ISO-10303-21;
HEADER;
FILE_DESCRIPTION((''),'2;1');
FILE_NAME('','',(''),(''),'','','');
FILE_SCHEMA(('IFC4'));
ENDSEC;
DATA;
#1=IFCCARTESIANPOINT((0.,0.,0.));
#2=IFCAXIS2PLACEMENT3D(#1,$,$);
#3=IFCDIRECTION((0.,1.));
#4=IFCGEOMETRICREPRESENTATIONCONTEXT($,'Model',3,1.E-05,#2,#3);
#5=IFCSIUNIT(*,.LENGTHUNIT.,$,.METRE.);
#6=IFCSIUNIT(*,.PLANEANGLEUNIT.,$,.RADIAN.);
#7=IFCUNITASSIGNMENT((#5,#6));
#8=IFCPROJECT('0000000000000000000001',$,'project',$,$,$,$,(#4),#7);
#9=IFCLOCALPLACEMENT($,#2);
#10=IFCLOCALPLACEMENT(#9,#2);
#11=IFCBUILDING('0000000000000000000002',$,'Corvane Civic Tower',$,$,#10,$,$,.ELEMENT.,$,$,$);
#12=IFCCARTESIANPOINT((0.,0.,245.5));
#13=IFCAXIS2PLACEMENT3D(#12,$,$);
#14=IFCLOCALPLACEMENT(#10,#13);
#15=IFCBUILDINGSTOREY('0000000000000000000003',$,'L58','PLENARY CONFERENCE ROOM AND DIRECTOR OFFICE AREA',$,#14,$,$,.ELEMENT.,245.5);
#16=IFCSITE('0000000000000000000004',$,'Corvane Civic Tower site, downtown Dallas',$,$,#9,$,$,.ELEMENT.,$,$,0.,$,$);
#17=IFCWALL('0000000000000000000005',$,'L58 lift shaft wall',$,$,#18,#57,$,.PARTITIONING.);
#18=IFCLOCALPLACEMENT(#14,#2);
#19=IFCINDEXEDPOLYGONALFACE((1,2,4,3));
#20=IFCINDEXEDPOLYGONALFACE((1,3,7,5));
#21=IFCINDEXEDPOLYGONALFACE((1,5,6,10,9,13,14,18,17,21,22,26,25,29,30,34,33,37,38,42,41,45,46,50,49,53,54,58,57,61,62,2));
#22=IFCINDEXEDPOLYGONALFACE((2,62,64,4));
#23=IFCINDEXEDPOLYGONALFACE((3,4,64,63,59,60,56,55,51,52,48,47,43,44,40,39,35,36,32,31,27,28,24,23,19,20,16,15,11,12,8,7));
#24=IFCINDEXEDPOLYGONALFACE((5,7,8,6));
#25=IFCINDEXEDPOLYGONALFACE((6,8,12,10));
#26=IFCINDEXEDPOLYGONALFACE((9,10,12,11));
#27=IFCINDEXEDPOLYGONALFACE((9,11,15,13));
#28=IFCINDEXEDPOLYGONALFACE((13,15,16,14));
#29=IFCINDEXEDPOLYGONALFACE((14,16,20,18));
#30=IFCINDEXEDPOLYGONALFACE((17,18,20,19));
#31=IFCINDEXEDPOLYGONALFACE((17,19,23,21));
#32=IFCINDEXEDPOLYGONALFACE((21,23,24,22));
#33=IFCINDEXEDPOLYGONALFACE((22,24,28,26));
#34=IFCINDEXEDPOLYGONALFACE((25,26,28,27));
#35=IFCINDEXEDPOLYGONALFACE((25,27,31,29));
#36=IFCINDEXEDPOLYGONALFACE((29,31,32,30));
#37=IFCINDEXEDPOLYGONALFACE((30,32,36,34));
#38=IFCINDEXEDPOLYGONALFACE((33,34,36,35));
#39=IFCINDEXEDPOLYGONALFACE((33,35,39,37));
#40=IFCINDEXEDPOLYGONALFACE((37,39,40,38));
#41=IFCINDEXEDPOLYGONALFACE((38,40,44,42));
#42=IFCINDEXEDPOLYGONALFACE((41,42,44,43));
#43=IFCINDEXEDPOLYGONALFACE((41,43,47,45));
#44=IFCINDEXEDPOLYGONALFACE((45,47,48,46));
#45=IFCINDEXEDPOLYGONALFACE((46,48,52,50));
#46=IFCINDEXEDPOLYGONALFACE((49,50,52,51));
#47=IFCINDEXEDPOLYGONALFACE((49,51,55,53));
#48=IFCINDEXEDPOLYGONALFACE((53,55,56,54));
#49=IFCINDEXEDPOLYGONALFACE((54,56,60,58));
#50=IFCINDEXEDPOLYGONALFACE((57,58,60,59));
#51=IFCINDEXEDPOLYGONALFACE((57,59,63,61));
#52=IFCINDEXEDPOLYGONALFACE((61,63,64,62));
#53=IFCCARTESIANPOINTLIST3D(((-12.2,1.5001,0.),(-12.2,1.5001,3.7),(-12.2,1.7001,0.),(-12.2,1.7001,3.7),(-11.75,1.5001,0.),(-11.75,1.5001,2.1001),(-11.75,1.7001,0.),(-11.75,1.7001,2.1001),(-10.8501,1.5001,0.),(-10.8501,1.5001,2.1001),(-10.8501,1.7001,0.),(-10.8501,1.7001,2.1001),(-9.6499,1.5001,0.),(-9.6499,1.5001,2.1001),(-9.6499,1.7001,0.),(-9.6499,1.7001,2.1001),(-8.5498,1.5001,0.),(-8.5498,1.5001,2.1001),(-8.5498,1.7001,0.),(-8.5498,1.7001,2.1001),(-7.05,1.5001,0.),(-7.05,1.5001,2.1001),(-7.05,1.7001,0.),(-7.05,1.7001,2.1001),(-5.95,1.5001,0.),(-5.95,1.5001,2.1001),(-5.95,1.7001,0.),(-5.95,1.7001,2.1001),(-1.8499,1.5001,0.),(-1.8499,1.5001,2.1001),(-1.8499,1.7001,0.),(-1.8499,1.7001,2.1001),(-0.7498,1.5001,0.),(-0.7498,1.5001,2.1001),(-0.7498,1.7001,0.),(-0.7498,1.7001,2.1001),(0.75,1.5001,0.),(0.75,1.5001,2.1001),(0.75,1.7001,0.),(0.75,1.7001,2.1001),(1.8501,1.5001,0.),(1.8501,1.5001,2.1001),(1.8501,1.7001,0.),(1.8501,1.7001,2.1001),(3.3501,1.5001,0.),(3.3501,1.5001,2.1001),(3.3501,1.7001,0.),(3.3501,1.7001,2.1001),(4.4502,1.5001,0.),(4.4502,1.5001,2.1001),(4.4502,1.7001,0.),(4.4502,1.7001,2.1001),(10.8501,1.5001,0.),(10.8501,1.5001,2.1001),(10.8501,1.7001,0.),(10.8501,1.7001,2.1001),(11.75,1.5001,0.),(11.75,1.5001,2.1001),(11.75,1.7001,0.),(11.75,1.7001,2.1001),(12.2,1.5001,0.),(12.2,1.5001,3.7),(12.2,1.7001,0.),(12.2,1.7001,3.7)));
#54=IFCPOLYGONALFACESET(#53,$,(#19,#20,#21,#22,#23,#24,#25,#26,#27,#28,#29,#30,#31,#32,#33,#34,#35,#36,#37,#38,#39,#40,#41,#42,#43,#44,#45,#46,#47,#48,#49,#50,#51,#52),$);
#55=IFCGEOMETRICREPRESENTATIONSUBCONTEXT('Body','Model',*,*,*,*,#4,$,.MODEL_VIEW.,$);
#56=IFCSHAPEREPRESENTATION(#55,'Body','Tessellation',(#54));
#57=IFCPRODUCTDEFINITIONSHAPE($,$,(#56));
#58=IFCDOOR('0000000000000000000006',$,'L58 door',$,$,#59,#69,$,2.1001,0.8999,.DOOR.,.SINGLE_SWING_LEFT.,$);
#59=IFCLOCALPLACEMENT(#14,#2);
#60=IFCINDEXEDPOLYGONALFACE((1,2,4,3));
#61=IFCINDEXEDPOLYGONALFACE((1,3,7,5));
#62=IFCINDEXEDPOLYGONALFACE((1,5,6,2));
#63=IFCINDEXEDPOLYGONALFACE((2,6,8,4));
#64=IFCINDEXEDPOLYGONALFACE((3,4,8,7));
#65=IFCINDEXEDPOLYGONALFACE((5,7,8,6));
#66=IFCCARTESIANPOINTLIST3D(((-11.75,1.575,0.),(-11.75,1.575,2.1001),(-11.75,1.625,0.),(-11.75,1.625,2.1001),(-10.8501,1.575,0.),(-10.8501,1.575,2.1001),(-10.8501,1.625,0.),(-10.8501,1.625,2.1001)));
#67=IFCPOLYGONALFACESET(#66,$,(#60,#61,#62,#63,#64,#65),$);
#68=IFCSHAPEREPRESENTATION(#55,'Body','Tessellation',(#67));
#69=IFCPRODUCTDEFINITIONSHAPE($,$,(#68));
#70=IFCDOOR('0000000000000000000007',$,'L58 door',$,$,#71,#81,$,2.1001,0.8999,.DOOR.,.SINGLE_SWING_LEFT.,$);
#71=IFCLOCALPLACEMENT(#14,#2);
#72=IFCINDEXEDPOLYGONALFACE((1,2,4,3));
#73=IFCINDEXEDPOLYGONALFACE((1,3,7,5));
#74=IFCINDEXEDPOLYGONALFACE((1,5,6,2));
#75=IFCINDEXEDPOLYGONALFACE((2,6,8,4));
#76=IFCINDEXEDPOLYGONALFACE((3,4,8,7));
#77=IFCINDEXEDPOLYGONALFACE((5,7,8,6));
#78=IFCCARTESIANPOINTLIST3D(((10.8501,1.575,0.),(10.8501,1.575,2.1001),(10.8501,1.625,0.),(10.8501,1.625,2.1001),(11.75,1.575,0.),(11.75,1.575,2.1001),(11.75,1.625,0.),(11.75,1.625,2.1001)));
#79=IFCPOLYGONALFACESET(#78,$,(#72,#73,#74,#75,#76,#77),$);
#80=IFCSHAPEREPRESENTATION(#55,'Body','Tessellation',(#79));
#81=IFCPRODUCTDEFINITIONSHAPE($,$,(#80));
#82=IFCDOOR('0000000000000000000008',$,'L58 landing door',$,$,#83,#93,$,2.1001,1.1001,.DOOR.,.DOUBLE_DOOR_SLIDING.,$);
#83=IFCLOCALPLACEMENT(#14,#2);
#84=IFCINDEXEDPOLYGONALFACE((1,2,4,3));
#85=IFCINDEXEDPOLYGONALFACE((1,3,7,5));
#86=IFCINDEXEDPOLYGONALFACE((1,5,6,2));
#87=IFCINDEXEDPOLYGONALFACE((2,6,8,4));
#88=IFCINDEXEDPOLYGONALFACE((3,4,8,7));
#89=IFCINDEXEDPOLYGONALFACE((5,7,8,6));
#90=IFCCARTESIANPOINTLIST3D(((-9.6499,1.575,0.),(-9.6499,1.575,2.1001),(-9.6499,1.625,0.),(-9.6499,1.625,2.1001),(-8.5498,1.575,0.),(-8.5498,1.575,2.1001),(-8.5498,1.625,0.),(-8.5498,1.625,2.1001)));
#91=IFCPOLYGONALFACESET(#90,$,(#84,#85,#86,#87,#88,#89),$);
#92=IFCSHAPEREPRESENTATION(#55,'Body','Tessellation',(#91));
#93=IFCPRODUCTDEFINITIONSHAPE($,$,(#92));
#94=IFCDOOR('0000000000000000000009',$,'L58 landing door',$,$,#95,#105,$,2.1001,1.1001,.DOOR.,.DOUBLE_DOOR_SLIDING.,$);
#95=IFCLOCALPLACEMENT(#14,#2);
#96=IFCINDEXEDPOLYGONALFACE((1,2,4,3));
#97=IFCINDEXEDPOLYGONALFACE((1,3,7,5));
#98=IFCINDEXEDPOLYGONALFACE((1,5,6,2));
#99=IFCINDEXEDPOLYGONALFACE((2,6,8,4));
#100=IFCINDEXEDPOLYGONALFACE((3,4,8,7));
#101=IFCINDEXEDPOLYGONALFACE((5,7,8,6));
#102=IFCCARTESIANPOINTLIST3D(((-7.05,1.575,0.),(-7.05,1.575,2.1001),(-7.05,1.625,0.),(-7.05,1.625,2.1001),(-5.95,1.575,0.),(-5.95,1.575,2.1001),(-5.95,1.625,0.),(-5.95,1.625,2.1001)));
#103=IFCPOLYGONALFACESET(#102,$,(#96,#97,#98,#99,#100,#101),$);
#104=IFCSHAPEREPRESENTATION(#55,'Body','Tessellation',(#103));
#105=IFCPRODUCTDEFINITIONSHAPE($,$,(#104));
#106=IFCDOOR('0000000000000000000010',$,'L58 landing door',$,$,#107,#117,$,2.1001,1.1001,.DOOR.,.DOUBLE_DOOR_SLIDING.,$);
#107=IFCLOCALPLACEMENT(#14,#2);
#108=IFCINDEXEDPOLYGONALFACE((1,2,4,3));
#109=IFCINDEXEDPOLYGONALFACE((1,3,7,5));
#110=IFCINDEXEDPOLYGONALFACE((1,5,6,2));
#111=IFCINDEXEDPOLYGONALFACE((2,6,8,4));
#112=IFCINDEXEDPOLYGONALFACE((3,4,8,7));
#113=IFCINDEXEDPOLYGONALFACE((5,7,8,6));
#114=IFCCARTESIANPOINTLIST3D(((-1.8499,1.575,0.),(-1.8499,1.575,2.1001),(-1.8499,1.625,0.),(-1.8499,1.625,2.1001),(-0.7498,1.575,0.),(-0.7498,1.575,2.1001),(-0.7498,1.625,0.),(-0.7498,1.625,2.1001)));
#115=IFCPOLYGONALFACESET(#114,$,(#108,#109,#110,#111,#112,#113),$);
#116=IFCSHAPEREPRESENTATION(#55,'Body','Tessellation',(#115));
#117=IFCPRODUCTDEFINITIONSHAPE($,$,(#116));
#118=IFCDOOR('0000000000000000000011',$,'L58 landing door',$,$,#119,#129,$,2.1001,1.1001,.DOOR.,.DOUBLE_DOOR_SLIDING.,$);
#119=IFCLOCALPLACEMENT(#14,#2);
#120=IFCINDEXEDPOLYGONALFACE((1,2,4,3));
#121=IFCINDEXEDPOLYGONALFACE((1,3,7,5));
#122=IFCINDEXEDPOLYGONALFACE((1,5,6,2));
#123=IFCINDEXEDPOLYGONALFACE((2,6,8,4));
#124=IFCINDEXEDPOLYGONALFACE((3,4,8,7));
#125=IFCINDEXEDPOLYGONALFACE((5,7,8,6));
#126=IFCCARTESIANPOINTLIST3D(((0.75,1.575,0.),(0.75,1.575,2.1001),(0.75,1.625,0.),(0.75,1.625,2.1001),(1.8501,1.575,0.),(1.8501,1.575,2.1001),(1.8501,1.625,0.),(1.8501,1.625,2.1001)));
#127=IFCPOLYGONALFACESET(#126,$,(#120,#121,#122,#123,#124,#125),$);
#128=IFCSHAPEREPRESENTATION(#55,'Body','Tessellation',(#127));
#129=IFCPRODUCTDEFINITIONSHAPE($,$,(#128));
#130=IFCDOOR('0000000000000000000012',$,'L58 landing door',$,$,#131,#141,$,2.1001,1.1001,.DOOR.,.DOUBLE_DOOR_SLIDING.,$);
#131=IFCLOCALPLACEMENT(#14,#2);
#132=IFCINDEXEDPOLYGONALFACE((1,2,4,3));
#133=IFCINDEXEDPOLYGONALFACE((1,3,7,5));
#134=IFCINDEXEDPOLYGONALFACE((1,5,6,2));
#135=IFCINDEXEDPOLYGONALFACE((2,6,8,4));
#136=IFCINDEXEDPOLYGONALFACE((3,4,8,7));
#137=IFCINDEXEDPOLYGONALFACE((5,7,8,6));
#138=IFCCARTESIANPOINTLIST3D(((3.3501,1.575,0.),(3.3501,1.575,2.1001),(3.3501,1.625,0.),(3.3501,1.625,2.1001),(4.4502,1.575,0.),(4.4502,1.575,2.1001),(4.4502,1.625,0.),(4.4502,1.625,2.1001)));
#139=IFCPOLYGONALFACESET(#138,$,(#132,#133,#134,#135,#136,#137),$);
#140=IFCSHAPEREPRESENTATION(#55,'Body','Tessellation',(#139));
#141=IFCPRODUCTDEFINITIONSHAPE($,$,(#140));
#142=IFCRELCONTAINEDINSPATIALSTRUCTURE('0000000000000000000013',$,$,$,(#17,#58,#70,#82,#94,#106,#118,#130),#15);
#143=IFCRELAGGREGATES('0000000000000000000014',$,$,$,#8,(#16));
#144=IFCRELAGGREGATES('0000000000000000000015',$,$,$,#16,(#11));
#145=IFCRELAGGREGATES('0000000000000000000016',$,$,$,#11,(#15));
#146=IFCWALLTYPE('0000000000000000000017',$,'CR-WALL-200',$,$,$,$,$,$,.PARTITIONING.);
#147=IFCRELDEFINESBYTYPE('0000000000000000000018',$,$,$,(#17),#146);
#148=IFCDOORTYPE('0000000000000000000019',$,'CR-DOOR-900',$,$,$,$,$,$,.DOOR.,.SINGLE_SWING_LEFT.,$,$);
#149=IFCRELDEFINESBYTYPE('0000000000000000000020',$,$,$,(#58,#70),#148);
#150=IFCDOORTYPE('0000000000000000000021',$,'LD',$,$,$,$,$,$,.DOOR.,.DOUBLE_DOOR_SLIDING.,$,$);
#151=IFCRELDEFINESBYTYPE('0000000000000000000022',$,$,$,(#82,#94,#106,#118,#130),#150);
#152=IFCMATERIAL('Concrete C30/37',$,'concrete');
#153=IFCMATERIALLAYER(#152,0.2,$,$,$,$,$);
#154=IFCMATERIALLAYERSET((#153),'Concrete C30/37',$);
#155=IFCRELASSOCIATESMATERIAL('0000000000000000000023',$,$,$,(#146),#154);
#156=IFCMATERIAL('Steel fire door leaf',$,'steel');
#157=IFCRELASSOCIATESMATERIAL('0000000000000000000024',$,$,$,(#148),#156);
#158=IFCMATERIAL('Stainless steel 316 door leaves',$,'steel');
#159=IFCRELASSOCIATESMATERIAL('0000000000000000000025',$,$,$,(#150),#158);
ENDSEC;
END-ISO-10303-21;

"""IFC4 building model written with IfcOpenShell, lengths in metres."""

from ifc_helpers import new_model, si_unit, direction, frame, frame_2d, origin, place, context, subcontext, project, spatial, rectangle, extrude, material, layer, layer_set, type_object, element, fill, save


model = new_model("IFC4")

# Units and contexts
model_context = context("Model", 3, precision=1e-05, world=origin(), true_north=direction((0.0, 1.0)))
body_context = subcontext(model_context, "Body", "Model", "MODEL_VIEW")
ifc_project = project(units=[si_unit("LENGTHUNIT", "METRE"), si_unit("PLANEANGLEUNIT", "RADIAN")], contexts=[model_context])

# Site, building, storey
site_placement = place(None, origin())
site = spatial("IfcSite", under=ifc_project, at=site_placement, Name="Corvane Civic Tower site, downtown Dallas", CompositionType="ELEMENT", RefElevation=0.0)
building_placement = place(site_placement, origin())
building = spatial("IfcBuilding", under=site, at=building_placement, Name="Corvane Civic Tower", CompositionType="ELEMENT")
storey_placement = place(building_placement, frame((0.0, 0.0, 245.5)))
storey = spatial("IfcBuildingStorey", under=building, at=storey_placement, Name="L58", Description="PLENARY CONFERENCE ROOM AND DIRECTOR OFFICE AREA", CompositionType="ELEMENT", Elevation=245.5)

# Wall, openings, doors
ifc_material_1 = material(Name="Concrete C30/37", Category="concrete")
ifc_layer_1 = layer(ifc_material_1, 0.2)
ifc_layer_set_1 = layer_set([ifc_layer_1], Name="Concrete C30/37")
wall_type_1 = type_object("IfcWallType", Name="CR-WALL-200", PredefinedType="PARTITIONING", material=ifc_layer_set_1)
wall_1_placement = place(storey_placement, frame((-12.2, 1.6001, 0.0), z_axis=(0.0, 0.0, 1.0), x_axis=(1.0, 0.0, 0.0)))
wall_1 = element("IfcWall", 1, at=wall_1_placement, inside=storey, type_object=wall_type_1, Name="L58 lift shaft wall", PredefinedType="PARTITIONING", context=body_context, shape_type="SweptSolid", body=[
    extrude(rectangle(XDim=24.3999, YDim=0.2, at=frame_2d((12.2, 0.0))), origin(), (0.0, 0.0, 1.0), 3.7),
])
opening_1_placement = place(wall_1_placement, frame((2.55, 0.0, 0.0)))
opening_1 = element("IfcOpeningElement", 2, at=opening_1_placement, cuts=wall_1, PredefinedType="OPENING", context=body_context, shape_type="SweptSolid", body=[
    extrude(rectangle(XDim=1.1001, YDim=2.1001, at=frame_2d((0.55, 1.05))), frame((0.0, 0.1099, 0.0), z_axis=(0.0, -1.0, 0.0), x_axis=(1.0, 0.0, 0.0)), (0.0, 0.0, 1.0), 0.22),
])
opening_2_placement = place(wall_1_placement, frame((5.1499, 0.0, 0.0)))
opening_2 = element("IfcOpeningElement", 3, at=opening_2_placement, cuts=wall_1, PredefinedType="OPENING", context=body_context, shape_type="SweptSolid", body=[
    extrude(rectangle(XDim=1.1001, YDim=2.1001, at=frame_2d((0.55, 1.05))), frame((0.0, 0.1099, 0.0), z_axis=(0.0, -1.0, 0.0), x_axis=(1.0, 0.0, 0.0)), (0.0, 0.0, 1.0), 0.22),
])
opening_3_placement = place(wall_1_placement, frame((10.3501, 0.0, 0.0)))
opening_3 = element("IfcOpeningElement", 4, at=opening_3_placement, cuts=wall_1, PredefinedType="OPENING", context=body_context, shape_type="SweptSolid", body=[
    extrude(rectangle(XDim=1.1001, YDim=2.1001, at=frame_2d((0.55, 1.05))), frame((0.0, 0.1099, 0.0), z_axis=(0.0, -1.0, 0.0), x_axis=(1.0, 0.0, 0.0)), (0.0, 0.0, 1.0), 0.22),
])
opening_4_placement = place(wall_1_placement, frame((12.95, 0.0, 0.0)))
opening_4 = element("IfcOpeningElement", 5, at=opening_4_placement, cuts=wall_1, PredefinedType="OPENING", context=body_context, shape_type="SweptSolid", body=[
    extrude(rectangle(XDim=1.1001, YDim=2.1001, at=frame_2d((0.55, 1.05))), frame((0.0, 0.1099, 0.0), z_axis=(0.0, -1.0, 0.0), x_axis=(1.0, 0.0, 0.0)), (0.0, 0.0, 1.0), 0.22),
])
opening_5_placement = place(wall_1_placement, frame((15.55, 0.0, 0.0)))
opening_5 = element("IfcOpeningElement", 6, at=opening_5_placement, cuts=wall_1, PredefinedType="OPENING", context=body_context, shape_type="SweptSolid", body=[
    extrude(rectangle(XDim=1.1001, YDim=2.1001, at=frame_2d((0.55, 1.05))), frame((0.0, 0.1099, 0.0), z_axis=(0.0, -1.0, 0.0), x_axis=(1.0, 0.0, 0.0)), (0.0, 0.0, 1.0), 0.22),
])
opening_6_placement = place(wall_1_placement, frame((0.45, 0.0, 0.0)))
opening_6 = element("IfcOpeningElement", 7, at=opening_6_placement, cuts=wall_1, PredefinedType="OPENING", context=body_context, shape_type="SweptSolid", body=[
    extrude(rectangle(XDim=0.8999, YDim=2.1001, at=frame_2d((0.45, 1.05))), frame((0.0, 0.1099, 0.0), z_axis=(0.0, -1.0, 0.0), x_axis=(1.0, 0.0, 0.0)), (0.0, 0.0, 1.0), 0.22),
])
opening_7_placement = place(wall_1_placement, frame((23.05, 0.0, 0.0)))
opening_7 = element("IfcOpeningElement", 8, at=opening_7_placement, cuts=wall_1, PredefinedType="OPENING", context=body_context, shape_type="SweptSolid", body=[
    extrude(rectangle(XDim=0.8999, YDim=2.1001, at=frame_2d((0.45, 1.05))), frame((0.0, 0.1099, 0.0), z_axis=(0.0, -1.0, 0.0), x_axis=(1.0, 0.0, 0.0)), (0.0, 0.0, 1.0), 0.22),
])
ifc_material_2 = material(Name="Steel fire door leaf", Category="steel")
door_type_1 = type_object("IfcDoorType", Name="CR-DOOR-900", OperationType="SINGLE_SWING_LEFT", PredefinedType="DOOR", material=ifc_material_2)
door_1_placement = place(opening_6_placement, origin())
door_1 = element("IfcDoor", 9, at=door_1_placement, inside=storey, type_object=door_type_1, Name="L58 door", OperationType="SINGLE_SWING_LEFT", OverallHeight=2.1001, OverallWidth=0.8999, PredefinedType="DOOR", context=body_context, shape_type="SweptSolid", body=[
    extrude(rectangle(XDim=0.8999, YDim=2.1001, at=frame_2d((0.45, 1.05))), frame((0.0, 0.0249, 0.0), z_axis=(0.0, -1.0, 0.0), x_axis=(1.0, 0.0, 0.0)), (0.0, 0.0, 1.0), 0.05),
])
fill(opening_6, door_1)
door_2_placement = place(opening_7_placement, origin())
door_2 = element("IfcDoor", 10, at=door_2_placement, inside=storey, type_object=door_type_1, Name="L58 door", OperationType="SINGLE_SWING_LEFT", OverallHeight=2.1001, OverallWidth=0.8999, PredefinedType="DOOR", context=body_context, shape_type="SweptSolid", body=[
    extrude(rectangle(XDim=0.8999, YDim=2.1001, at=frame_2d((0.45, 1.05))), frame((0.0, 0.0249, 0.0), z_axis=(0.0, -1.0, 0.0), x_axis=(1.0, 0.0, 0.0)), (0.0, 0.0, 1.0), 0.05),
])
fill(opening_7, door_2)
ifc_material_3 = material(Name="Stainless steel 316 door leaves", Category="steel")
door_type_2 = type_object("IfcDoorType", Name="LD", OperationType="DOUBLE_DOOR_SLIDING", PredefinedType="DOOR", material=ifc_material_3)
door_3_placement = place(opening_1_placement, origin())
door_3 = element("IfcDoor", 11, at=door_3_placement, inside=storey, type_object=door_type_2, Name="L58 landing door", OperationType="DOUBLE_DOOR_SLIDING", OverallHeight=2.1001, OverallWidth=1.1001, PredefinedType="DOOR", context=body_context, shape_type="SweptSolid", body=[
    extrude(rectangle(XDim=1.1001, YDim=2.1001, at=frame_2d((0.55, 1.05))), frame((0.0, 0.0249, 0.0), z_axis=(0.0, -1.0, 0.0), x_axis=(1.0, 0.0, 0.0)), (0.0, 0.0, 1.0), 0.05),
])
fill(opening_1, door_3)
door_4_placement = place(opening_2_placement, origin())
door_4 = element("IfcDoor", 12, at=door_4_placement, inside=storey, type_object=door_type_2, Name="L58 landing door", OperationType="DOUBLE_DOOR_SLIDING", OverallHeight=2.1001, OverallWidth=1.1001, PredefinedType="DOOR", context=body_context, shape_type="SweptSolid", body=[
    extrude(rectangle(XDim=1.1001, YDim=2.1001, at=frame_2d((0.55, 1.05))), frame((0.0, 0.0249, 0.0), z_axis=(0.0, -1.0, 0.0), x_axis=(1.0, 0.0, 0.0)), (0.0, 0.0, 1.0), 0.05),
])
fill(opening_2, door_4)
door_5_placement = place(opening_3_placement, origin())
door_5 = element("IfcDoor", 13, at=door_5_placement, inside=storey, type_object=door_type_2, Name="L58 landing door", OperationType="DOUBLE_DOOR_SLIDING", OverallHeight=2.1001, OverallWidth=1.1001, PredefinedType="DOOR", context=body_context, shape_type="SweptSolid", body=[
    extrude(rectangle(XDim=1.1001, YDim=2.1001, at=frame_2d((0.55, 1.05))), frame((0.0, 0.0249, 0.0), z_axis=(0.0, -1.0, 0.0), x_axis=(1.0, 0.0, 0.0)), (0.0, 0.0, 1.0), 0.05),
])
fill(opening_3, door_5)
door_6_placement = place(opening_4_placement, origin())
door_6 = element("IfcDoor", 14, at=door_6_placement, inside=storey, type_object=door_type_2, Name="L58 landing door", OperationType="DOUBLE_DOOR_SLIDING", OverallHeight=2.1001, OverallWidth=1.1001, PredefinedType="DOOR", context=body_context, shape_type="SweptSolid", body=[
    extrude(rectangle(XDim=1.1001, YDim=2.1001, at=frame_2d((0.55, 1.05))), frame((0.0, 0.0249, 0.0), z_axis=(0.0, -1.0, 0.0), x_axis=(1.0, 0.0, 0.0)), (0.0, 0.0, 1.0), 0.05),
])
fill(opening_4, door_6)
door_7_placement = place(opening_5_placement, origin())
door_7 = element("IfcDoor", 15, at=door_7_placement, inside=storey, type_object=door_type_2, Name="L58 landing door", OperationType="DOUBLE_DOOR_SLIDING", OverallHeight=2.1001, OverallWidth=1.1001, PredefinedType="DOOR", context=body_context, shape_type="SweptSolid", body=[
    extrude(rectangle(XDim=1.1001, YDim=2.1001, at=frame_2d((0.55, 1.05))), frame((0.0, 0.0249, 0.0), z_axis=(0.0, -1.0, 0.0), x_axis=(1.0, 0.0, 0.0)), (0.0, 0.0, 1.0), 0.05),
])
fill(opening_5, door_7)

save(model, "model.ifc")
